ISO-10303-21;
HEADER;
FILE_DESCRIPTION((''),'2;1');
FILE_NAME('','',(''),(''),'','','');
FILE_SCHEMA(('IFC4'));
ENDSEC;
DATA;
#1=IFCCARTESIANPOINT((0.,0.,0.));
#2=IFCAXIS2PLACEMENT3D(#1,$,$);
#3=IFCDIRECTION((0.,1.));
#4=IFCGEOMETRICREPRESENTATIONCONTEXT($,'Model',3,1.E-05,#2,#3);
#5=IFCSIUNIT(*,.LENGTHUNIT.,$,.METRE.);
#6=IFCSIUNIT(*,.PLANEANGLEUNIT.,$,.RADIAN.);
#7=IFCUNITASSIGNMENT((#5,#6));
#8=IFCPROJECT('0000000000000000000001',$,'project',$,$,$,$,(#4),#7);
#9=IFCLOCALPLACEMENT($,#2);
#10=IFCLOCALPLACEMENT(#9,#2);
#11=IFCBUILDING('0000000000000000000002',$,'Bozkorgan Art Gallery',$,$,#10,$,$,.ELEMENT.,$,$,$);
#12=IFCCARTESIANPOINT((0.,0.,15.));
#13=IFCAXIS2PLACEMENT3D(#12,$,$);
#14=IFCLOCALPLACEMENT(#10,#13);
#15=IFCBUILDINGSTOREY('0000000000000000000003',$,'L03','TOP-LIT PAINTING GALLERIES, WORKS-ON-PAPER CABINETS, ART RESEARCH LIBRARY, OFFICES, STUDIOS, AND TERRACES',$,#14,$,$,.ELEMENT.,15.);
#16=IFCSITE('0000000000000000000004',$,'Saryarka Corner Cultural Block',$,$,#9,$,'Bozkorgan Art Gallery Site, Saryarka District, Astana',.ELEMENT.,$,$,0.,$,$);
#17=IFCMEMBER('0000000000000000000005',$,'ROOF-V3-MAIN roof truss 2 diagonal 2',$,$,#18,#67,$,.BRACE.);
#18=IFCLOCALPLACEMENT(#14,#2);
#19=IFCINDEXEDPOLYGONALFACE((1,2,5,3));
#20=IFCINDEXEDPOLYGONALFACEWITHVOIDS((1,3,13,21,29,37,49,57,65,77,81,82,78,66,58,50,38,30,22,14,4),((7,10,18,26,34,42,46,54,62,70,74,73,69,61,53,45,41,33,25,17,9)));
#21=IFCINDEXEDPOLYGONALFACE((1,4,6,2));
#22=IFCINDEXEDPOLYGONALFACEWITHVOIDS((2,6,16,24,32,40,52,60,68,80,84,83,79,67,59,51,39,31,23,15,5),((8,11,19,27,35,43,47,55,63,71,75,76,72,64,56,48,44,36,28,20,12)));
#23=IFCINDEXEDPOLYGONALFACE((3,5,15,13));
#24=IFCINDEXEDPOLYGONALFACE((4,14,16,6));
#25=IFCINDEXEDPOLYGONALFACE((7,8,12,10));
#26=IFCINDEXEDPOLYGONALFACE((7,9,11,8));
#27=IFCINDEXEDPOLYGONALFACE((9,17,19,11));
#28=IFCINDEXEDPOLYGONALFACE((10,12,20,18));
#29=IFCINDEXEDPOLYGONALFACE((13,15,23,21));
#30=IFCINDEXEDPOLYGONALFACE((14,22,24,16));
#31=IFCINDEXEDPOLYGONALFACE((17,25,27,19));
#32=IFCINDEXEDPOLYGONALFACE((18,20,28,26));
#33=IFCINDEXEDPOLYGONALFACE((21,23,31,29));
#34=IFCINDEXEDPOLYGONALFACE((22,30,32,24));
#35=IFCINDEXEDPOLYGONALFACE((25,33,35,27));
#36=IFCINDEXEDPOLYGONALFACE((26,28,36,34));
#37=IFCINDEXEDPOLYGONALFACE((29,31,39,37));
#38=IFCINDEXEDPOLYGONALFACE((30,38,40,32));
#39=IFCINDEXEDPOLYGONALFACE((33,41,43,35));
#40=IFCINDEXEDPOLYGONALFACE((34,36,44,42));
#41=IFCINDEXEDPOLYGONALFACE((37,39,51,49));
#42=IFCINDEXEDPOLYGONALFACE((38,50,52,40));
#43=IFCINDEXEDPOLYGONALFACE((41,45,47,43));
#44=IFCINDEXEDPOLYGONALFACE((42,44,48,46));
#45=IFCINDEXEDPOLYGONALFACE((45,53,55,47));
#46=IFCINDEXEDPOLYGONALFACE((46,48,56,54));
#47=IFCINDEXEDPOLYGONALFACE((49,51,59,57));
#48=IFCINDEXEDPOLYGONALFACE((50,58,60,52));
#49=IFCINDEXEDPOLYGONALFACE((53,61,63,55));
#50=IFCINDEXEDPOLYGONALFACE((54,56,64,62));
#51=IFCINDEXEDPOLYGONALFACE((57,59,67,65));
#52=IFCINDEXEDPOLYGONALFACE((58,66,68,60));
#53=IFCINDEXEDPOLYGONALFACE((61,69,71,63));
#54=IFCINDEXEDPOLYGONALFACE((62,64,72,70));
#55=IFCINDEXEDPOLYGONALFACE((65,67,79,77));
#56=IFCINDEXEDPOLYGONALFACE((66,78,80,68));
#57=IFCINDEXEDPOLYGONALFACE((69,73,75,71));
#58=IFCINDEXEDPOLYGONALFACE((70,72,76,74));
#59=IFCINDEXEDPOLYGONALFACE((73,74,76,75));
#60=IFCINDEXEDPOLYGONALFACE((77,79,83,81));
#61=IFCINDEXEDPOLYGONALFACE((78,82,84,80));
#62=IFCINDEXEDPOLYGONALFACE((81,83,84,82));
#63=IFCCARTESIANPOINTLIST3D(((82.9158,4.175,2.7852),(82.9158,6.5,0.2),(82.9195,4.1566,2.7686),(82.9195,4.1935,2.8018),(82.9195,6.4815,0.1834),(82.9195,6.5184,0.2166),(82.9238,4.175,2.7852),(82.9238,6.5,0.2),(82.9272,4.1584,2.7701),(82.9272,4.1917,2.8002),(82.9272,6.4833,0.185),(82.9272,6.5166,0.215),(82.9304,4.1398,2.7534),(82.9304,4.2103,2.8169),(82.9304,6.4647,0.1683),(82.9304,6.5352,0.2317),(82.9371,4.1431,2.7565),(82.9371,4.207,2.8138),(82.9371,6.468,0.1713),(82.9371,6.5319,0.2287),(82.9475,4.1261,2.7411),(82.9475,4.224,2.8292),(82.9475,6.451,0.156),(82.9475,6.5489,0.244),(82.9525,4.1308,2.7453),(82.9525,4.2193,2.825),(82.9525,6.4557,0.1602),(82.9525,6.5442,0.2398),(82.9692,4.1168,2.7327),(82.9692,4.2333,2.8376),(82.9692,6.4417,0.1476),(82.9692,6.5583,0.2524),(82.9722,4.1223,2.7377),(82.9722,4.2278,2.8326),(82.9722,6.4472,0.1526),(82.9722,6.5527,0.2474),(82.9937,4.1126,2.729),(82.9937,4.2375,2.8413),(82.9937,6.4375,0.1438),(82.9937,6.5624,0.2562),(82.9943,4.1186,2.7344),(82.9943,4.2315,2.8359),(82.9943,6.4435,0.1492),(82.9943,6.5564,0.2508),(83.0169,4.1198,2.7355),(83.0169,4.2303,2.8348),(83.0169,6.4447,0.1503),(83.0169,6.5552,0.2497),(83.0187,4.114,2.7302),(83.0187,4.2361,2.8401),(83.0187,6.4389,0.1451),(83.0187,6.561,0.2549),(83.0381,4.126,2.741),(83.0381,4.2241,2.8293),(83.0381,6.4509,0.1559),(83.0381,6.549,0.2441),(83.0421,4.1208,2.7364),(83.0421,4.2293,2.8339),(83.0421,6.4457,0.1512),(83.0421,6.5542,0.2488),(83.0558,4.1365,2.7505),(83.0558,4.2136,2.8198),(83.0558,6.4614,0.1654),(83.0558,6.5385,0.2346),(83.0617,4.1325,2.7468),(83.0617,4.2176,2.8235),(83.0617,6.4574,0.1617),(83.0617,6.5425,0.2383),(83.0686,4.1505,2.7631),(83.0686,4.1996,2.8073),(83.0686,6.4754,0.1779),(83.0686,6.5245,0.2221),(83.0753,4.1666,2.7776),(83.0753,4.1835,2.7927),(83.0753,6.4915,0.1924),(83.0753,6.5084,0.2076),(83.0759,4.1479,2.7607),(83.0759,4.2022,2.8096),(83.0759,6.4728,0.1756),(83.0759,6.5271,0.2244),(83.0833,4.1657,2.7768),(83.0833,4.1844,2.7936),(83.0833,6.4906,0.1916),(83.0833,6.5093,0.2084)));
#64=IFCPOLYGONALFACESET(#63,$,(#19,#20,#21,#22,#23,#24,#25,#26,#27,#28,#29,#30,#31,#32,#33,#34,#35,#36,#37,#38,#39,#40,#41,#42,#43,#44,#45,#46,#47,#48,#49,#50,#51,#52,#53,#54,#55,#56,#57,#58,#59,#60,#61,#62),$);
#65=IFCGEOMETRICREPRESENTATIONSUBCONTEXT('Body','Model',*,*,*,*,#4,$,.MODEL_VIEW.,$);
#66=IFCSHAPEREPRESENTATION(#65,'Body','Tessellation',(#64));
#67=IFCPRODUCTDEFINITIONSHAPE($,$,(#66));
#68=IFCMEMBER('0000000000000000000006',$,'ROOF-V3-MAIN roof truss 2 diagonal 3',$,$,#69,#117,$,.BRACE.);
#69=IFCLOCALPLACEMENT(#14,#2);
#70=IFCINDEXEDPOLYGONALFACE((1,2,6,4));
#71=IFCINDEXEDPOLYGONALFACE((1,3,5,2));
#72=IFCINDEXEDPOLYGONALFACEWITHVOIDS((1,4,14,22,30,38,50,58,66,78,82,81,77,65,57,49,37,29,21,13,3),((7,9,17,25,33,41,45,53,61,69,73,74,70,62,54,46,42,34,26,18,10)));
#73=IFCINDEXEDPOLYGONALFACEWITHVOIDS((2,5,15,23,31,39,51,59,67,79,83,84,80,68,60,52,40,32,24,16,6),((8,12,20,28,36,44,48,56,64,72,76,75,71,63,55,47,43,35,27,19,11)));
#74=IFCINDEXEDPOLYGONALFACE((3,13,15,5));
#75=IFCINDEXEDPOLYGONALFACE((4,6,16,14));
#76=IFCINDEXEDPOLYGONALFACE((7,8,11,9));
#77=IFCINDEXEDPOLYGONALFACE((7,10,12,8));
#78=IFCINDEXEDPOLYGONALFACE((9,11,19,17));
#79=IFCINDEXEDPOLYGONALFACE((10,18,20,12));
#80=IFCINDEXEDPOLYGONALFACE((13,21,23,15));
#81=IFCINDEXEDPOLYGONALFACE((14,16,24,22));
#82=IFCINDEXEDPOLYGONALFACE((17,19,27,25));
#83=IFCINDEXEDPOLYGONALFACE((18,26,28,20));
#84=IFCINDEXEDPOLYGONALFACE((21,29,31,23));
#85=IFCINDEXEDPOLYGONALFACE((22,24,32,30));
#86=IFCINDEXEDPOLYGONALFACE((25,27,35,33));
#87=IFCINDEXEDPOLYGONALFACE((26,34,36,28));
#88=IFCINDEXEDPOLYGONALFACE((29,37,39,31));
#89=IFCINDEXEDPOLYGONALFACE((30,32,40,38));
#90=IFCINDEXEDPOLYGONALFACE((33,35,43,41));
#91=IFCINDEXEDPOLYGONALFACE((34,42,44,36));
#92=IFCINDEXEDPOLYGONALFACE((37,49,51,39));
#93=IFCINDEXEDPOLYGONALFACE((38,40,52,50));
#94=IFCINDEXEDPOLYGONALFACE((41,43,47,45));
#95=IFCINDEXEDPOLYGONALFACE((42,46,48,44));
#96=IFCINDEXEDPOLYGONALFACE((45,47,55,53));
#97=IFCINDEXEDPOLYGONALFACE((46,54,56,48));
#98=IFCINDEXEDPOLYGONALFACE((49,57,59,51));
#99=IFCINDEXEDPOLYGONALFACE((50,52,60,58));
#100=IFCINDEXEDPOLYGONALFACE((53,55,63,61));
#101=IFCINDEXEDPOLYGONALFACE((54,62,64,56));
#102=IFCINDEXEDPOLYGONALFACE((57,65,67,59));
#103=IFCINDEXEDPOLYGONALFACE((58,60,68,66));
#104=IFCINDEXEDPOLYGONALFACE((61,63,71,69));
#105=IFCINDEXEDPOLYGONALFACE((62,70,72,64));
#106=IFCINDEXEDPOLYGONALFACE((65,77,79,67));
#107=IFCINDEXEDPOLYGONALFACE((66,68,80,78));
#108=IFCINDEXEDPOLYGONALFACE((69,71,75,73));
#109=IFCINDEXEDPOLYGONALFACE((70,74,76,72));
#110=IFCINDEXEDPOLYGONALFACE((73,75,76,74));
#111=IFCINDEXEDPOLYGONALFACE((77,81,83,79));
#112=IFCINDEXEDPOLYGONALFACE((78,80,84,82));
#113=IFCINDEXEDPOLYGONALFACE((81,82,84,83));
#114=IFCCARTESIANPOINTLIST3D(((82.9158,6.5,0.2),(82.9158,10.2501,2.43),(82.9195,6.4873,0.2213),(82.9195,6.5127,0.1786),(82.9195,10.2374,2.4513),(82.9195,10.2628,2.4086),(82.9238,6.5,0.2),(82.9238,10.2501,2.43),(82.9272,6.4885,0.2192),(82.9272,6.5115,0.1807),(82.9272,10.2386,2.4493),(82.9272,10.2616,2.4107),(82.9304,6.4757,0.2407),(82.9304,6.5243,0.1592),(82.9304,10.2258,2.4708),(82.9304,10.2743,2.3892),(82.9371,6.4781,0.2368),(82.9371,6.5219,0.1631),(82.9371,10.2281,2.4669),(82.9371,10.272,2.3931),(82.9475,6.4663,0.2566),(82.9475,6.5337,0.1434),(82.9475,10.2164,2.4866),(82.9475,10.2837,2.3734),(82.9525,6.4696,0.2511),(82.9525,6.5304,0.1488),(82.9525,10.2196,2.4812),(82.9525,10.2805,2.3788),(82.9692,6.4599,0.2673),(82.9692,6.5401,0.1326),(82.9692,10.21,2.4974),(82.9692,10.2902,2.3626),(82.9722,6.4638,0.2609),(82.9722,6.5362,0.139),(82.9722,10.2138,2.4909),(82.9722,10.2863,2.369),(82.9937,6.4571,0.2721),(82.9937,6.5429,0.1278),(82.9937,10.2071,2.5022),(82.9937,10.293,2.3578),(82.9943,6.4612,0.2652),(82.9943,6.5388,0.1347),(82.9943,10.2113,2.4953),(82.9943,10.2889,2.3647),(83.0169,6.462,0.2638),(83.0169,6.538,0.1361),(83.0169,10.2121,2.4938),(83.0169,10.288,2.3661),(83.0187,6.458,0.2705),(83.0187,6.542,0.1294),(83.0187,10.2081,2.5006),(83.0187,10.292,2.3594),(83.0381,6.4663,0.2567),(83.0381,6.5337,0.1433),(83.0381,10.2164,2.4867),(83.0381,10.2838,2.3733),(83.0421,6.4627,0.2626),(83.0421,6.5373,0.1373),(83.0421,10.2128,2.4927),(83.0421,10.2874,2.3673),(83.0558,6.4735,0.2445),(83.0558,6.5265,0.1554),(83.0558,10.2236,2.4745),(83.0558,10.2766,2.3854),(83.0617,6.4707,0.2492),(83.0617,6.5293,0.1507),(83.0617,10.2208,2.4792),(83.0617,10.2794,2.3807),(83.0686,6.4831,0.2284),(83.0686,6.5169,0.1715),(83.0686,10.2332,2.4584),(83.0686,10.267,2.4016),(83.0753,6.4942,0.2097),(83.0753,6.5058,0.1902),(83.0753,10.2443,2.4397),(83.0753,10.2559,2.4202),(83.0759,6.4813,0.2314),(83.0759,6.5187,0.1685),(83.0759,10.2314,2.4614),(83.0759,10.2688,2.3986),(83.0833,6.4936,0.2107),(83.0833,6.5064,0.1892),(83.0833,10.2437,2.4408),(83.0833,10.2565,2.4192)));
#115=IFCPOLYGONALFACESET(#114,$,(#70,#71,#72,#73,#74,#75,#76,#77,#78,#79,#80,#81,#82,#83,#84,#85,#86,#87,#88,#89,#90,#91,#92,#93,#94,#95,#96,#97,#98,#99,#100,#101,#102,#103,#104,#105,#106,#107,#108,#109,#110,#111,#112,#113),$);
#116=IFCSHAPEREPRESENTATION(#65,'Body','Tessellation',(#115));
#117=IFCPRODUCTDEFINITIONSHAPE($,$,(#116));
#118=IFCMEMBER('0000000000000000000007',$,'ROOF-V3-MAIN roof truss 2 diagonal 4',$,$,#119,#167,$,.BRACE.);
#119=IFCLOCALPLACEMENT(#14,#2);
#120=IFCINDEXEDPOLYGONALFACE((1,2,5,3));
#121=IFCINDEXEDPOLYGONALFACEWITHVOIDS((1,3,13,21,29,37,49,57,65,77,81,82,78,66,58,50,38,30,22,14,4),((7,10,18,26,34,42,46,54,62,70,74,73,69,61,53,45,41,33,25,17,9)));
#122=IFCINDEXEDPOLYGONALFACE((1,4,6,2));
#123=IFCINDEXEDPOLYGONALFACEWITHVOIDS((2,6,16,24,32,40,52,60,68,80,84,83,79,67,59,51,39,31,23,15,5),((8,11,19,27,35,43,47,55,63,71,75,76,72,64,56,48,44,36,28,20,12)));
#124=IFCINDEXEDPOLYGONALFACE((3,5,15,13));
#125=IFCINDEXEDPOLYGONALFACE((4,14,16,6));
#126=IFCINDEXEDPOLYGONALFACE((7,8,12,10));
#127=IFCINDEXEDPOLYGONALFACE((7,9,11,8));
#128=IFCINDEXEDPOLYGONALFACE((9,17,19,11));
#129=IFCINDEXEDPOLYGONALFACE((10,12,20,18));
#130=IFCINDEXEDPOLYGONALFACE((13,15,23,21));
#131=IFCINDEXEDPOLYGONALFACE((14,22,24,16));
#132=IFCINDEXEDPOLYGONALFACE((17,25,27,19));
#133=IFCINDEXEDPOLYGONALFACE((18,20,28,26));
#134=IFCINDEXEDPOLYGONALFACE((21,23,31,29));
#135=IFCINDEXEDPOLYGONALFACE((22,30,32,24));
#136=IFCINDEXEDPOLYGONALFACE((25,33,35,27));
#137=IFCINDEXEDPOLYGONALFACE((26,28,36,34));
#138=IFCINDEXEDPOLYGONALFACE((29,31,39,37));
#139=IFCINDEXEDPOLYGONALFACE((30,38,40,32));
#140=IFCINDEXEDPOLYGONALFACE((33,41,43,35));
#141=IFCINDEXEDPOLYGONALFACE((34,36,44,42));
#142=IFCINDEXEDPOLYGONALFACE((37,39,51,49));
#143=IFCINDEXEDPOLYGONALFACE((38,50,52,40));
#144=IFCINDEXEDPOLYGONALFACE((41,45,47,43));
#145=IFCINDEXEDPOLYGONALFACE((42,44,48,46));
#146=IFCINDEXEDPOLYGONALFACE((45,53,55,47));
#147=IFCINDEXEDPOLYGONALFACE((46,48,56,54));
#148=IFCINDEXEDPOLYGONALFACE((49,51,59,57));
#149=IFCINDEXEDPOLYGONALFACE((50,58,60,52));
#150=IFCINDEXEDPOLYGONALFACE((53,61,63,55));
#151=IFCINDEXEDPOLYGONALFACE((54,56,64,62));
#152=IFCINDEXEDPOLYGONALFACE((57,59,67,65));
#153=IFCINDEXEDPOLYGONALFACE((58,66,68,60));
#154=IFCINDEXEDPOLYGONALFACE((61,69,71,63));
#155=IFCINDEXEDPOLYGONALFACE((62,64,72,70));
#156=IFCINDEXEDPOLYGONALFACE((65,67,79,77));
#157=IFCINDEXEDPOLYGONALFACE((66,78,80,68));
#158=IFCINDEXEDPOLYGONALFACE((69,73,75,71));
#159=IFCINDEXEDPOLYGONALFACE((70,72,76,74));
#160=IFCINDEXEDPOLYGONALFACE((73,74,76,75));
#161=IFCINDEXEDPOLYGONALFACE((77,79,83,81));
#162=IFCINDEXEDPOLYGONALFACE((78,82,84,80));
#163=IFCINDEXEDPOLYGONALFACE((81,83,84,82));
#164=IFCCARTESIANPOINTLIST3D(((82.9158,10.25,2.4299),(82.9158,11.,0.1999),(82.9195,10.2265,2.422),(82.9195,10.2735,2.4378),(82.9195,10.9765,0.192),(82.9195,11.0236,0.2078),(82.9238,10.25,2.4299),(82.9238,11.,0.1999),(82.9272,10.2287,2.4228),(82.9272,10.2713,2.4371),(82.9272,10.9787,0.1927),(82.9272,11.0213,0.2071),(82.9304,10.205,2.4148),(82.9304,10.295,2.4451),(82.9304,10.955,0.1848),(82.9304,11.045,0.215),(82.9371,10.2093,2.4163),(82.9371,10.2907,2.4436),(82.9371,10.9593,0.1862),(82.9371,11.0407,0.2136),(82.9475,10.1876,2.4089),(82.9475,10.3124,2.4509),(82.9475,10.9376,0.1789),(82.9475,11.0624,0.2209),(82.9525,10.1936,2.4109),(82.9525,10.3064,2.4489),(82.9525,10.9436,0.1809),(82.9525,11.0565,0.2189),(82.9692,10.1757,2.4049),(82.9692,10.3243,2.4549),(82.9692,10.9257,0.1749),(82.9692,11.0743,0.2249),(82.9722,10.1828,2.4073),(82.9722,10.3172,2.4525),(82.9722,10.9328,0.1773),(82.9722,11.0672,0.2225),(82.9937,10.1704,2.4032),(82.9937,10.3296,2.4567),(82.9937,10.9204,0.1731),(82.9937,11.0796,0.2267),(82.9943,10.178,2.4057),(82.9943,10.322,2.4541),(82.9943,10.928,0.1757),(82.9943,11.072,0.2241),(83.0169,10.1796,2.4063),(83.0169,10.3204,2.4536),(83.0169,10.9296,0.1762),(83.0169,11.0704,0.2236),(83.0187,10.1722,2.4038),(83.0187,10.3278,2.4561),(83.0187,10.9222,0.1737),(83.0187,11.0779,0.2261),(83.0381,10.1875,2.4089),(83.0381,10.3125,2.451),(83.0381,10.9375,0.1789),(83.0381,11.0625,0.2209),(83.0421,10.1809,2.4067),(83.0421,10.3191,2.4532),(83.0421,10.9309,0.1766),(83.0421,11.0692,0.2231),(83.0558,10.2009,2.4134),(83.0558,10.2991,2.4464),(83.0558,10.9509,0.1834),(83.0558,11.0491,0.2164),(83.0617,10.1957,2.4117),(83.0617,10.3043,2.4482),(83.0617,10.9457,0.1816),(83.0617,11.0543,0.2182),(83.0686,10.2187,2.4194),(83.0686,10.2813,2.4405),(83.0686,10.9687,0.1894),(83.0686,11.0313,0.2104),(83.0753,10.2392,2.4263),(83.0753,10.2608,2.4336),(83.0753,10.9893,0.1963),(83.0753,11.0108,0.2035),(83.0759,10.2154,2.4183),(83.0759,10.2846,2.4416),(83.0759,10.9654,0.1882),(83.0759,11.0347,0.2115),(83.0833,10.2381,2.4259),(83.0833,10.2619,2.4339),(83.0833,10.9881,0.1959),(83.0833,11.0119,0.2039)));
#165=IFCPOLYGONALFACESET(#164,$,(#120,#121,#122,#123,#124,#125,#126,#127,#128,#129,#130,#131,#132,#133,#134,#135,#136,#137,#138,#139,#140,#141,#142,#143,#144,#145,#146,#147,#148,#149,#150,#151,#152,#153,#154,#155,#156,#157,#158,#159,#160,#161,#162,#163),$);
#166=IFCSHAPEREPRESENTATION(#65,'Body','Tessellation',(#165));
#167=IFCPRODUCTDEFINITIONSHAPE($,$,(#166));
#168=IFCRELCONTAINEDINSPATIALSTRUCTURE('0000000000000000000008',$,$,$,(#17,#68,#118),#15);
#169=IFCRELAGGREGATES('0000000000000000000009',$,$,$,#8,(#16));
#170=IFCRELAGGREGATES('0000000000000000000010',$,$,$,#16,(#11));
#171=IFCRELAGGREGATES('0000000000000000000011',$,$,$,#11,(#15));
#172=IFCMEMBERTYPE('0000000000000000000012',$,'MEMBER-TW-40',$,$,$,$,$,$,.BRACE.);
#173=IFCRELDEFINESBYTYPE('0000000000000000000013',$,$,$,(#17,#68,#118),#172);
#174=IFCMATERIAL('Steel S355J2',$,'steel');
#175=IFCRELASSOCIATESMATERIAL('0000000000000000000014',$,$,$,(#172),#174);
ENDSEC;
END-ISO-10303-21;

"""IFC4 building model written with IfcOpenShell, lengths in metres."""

from ifc_helpers import new_model, si_unit, direction, frame, origin, origin_2d, place, context, subcontext, project, spatial, hollow_circle, extrude, material, material_profile, profile_set, type_object, element, save


model = new_model("IFC4")

# Units and contexts
model_context = context("Model", 3, precision=1e-05, world=origin(), true_north=direction((0.0, 1.0)))
body_context = subcontext(model_context, "Body", "Model", "MODEL_VIEW")
ifc_project = project(units=[si_unit("LENGTHUNIT", "METRE"), si_unit("PLANEANGLEUNIT", "RADIAN")], contexts=[model_context])

# Site, building, storey
site_placement = place(None, origin())
site = spatial("IfcSite", under=ifc_project, at=site_placement, Name="Saryarka Corner Cultural Block", LongName="Bozkorgan Art Gallery Site, Saryarka District, Astana", CompositionType="ELEMENT", RefElevation=0.0)
building_placement = place(site_placement, origin())
building = spatial("IfcBuilding", under=site, at=building_placement, Name="Bozkorgan Art Gallery", CompositionType="ELEMENT")
storey_placement = place(building_placement, frame((0.0, 0.0, 15.0)))
storey = spatial("IfcBuildingStorey", under=building, at=storey_placement, Name="L03", Description="TOP-LIT PAINTING GALLERIES, WORKS-ON-PAPER CABINETS, ART RESEARCH LIBRARY, OFFICES, STUDIOS, AND TERRACES", CompositionType="ELEMENT", Elevation=15.0)

# Shared definitions
ifc_material_1 = material(Name="Steel S355J2", Category="steel")

# Members
ifc_material_profile_1 = material_profile(ifc_material_1, hollow_circle(Radius=0.0842, WallThickness=0.0081, at=origin_2d()), Name="CHS 168.3x8")
ifc_profile_set_1 = profile_set([ifc_material_profile_1], Name="Steel S355J2")
member_type_1 = type_object("IfcMemberType", Name="MEMBER-TW-40", PredefinedType="BRACE", material=ifc_profile_set_1)
for number, where, z_axis, x_axis, name in (
    (1, (83.0, 4.175, 2.7852), (0.0, 0.668689, -0.743542), (-1.0, 0.0, 0.0), "ROOF-V3-MAIN roof truss 2 diagonal 2"),
):
    element("IfcMember", number, at=place(storey_placement, frame(where, z_axis=z_axis, x_axis=x_axis)), inside=storey, type_object=member_type_1, Name=name, PredefinedType="BRACE", context=body_context, shape_type="SweptSolid", body=[
        extrude(hollow_circle(Radius=0.0842, WallThickness=0.0081, at=origin_2d()), origin(), (0.0, 0.0, 1.0), 3.4768),
    ])
member_1_placement = place(storey_placement, frame((83.0, 6.5, 0.2), z_axis=(0.0, 0.859511, 0.511118), x_axis=(-1.0, 0.0, 0.0)))
element("IfcMember", 2, at=member_1_placement, inside=storey, type_object=member_type_1, Name="ROOF-V3-MAIN roof truss 2 diagonal 3", PredefinedType="BRACE", context=body_context, shape_type="SweptSolid", body=[
    extrude(hollow_circle(Radius=0.0842, WallThickness=0.0081, at=origin_2d()), origin(), (0.0, 0.0, 1.0), 4.363),
])
member_2_placement = place(storey_placement, frame((83.0, 10.25, 2.4299), z_axis=(0.0, 0.318779, -0.947829), x_axis=(-1.0, 0.0, 0.0)))
element("IfcMember", 3, at=member_2_placement, inside=storey, type_object=member_type_1, Name="ROOF-V3-MAIN roof truss 2 diagonal 4", PredefinedType="BRACE", context=body_context, shape_type="SweptSolid", body=[
    extrude(hollow_circle(Radius=0.0842, WallThickness=0.0081, at=origin_2d()), origin(), (0.0, 0.0, 1.0), 2.3528),
])

save(model, "model.ifc")
